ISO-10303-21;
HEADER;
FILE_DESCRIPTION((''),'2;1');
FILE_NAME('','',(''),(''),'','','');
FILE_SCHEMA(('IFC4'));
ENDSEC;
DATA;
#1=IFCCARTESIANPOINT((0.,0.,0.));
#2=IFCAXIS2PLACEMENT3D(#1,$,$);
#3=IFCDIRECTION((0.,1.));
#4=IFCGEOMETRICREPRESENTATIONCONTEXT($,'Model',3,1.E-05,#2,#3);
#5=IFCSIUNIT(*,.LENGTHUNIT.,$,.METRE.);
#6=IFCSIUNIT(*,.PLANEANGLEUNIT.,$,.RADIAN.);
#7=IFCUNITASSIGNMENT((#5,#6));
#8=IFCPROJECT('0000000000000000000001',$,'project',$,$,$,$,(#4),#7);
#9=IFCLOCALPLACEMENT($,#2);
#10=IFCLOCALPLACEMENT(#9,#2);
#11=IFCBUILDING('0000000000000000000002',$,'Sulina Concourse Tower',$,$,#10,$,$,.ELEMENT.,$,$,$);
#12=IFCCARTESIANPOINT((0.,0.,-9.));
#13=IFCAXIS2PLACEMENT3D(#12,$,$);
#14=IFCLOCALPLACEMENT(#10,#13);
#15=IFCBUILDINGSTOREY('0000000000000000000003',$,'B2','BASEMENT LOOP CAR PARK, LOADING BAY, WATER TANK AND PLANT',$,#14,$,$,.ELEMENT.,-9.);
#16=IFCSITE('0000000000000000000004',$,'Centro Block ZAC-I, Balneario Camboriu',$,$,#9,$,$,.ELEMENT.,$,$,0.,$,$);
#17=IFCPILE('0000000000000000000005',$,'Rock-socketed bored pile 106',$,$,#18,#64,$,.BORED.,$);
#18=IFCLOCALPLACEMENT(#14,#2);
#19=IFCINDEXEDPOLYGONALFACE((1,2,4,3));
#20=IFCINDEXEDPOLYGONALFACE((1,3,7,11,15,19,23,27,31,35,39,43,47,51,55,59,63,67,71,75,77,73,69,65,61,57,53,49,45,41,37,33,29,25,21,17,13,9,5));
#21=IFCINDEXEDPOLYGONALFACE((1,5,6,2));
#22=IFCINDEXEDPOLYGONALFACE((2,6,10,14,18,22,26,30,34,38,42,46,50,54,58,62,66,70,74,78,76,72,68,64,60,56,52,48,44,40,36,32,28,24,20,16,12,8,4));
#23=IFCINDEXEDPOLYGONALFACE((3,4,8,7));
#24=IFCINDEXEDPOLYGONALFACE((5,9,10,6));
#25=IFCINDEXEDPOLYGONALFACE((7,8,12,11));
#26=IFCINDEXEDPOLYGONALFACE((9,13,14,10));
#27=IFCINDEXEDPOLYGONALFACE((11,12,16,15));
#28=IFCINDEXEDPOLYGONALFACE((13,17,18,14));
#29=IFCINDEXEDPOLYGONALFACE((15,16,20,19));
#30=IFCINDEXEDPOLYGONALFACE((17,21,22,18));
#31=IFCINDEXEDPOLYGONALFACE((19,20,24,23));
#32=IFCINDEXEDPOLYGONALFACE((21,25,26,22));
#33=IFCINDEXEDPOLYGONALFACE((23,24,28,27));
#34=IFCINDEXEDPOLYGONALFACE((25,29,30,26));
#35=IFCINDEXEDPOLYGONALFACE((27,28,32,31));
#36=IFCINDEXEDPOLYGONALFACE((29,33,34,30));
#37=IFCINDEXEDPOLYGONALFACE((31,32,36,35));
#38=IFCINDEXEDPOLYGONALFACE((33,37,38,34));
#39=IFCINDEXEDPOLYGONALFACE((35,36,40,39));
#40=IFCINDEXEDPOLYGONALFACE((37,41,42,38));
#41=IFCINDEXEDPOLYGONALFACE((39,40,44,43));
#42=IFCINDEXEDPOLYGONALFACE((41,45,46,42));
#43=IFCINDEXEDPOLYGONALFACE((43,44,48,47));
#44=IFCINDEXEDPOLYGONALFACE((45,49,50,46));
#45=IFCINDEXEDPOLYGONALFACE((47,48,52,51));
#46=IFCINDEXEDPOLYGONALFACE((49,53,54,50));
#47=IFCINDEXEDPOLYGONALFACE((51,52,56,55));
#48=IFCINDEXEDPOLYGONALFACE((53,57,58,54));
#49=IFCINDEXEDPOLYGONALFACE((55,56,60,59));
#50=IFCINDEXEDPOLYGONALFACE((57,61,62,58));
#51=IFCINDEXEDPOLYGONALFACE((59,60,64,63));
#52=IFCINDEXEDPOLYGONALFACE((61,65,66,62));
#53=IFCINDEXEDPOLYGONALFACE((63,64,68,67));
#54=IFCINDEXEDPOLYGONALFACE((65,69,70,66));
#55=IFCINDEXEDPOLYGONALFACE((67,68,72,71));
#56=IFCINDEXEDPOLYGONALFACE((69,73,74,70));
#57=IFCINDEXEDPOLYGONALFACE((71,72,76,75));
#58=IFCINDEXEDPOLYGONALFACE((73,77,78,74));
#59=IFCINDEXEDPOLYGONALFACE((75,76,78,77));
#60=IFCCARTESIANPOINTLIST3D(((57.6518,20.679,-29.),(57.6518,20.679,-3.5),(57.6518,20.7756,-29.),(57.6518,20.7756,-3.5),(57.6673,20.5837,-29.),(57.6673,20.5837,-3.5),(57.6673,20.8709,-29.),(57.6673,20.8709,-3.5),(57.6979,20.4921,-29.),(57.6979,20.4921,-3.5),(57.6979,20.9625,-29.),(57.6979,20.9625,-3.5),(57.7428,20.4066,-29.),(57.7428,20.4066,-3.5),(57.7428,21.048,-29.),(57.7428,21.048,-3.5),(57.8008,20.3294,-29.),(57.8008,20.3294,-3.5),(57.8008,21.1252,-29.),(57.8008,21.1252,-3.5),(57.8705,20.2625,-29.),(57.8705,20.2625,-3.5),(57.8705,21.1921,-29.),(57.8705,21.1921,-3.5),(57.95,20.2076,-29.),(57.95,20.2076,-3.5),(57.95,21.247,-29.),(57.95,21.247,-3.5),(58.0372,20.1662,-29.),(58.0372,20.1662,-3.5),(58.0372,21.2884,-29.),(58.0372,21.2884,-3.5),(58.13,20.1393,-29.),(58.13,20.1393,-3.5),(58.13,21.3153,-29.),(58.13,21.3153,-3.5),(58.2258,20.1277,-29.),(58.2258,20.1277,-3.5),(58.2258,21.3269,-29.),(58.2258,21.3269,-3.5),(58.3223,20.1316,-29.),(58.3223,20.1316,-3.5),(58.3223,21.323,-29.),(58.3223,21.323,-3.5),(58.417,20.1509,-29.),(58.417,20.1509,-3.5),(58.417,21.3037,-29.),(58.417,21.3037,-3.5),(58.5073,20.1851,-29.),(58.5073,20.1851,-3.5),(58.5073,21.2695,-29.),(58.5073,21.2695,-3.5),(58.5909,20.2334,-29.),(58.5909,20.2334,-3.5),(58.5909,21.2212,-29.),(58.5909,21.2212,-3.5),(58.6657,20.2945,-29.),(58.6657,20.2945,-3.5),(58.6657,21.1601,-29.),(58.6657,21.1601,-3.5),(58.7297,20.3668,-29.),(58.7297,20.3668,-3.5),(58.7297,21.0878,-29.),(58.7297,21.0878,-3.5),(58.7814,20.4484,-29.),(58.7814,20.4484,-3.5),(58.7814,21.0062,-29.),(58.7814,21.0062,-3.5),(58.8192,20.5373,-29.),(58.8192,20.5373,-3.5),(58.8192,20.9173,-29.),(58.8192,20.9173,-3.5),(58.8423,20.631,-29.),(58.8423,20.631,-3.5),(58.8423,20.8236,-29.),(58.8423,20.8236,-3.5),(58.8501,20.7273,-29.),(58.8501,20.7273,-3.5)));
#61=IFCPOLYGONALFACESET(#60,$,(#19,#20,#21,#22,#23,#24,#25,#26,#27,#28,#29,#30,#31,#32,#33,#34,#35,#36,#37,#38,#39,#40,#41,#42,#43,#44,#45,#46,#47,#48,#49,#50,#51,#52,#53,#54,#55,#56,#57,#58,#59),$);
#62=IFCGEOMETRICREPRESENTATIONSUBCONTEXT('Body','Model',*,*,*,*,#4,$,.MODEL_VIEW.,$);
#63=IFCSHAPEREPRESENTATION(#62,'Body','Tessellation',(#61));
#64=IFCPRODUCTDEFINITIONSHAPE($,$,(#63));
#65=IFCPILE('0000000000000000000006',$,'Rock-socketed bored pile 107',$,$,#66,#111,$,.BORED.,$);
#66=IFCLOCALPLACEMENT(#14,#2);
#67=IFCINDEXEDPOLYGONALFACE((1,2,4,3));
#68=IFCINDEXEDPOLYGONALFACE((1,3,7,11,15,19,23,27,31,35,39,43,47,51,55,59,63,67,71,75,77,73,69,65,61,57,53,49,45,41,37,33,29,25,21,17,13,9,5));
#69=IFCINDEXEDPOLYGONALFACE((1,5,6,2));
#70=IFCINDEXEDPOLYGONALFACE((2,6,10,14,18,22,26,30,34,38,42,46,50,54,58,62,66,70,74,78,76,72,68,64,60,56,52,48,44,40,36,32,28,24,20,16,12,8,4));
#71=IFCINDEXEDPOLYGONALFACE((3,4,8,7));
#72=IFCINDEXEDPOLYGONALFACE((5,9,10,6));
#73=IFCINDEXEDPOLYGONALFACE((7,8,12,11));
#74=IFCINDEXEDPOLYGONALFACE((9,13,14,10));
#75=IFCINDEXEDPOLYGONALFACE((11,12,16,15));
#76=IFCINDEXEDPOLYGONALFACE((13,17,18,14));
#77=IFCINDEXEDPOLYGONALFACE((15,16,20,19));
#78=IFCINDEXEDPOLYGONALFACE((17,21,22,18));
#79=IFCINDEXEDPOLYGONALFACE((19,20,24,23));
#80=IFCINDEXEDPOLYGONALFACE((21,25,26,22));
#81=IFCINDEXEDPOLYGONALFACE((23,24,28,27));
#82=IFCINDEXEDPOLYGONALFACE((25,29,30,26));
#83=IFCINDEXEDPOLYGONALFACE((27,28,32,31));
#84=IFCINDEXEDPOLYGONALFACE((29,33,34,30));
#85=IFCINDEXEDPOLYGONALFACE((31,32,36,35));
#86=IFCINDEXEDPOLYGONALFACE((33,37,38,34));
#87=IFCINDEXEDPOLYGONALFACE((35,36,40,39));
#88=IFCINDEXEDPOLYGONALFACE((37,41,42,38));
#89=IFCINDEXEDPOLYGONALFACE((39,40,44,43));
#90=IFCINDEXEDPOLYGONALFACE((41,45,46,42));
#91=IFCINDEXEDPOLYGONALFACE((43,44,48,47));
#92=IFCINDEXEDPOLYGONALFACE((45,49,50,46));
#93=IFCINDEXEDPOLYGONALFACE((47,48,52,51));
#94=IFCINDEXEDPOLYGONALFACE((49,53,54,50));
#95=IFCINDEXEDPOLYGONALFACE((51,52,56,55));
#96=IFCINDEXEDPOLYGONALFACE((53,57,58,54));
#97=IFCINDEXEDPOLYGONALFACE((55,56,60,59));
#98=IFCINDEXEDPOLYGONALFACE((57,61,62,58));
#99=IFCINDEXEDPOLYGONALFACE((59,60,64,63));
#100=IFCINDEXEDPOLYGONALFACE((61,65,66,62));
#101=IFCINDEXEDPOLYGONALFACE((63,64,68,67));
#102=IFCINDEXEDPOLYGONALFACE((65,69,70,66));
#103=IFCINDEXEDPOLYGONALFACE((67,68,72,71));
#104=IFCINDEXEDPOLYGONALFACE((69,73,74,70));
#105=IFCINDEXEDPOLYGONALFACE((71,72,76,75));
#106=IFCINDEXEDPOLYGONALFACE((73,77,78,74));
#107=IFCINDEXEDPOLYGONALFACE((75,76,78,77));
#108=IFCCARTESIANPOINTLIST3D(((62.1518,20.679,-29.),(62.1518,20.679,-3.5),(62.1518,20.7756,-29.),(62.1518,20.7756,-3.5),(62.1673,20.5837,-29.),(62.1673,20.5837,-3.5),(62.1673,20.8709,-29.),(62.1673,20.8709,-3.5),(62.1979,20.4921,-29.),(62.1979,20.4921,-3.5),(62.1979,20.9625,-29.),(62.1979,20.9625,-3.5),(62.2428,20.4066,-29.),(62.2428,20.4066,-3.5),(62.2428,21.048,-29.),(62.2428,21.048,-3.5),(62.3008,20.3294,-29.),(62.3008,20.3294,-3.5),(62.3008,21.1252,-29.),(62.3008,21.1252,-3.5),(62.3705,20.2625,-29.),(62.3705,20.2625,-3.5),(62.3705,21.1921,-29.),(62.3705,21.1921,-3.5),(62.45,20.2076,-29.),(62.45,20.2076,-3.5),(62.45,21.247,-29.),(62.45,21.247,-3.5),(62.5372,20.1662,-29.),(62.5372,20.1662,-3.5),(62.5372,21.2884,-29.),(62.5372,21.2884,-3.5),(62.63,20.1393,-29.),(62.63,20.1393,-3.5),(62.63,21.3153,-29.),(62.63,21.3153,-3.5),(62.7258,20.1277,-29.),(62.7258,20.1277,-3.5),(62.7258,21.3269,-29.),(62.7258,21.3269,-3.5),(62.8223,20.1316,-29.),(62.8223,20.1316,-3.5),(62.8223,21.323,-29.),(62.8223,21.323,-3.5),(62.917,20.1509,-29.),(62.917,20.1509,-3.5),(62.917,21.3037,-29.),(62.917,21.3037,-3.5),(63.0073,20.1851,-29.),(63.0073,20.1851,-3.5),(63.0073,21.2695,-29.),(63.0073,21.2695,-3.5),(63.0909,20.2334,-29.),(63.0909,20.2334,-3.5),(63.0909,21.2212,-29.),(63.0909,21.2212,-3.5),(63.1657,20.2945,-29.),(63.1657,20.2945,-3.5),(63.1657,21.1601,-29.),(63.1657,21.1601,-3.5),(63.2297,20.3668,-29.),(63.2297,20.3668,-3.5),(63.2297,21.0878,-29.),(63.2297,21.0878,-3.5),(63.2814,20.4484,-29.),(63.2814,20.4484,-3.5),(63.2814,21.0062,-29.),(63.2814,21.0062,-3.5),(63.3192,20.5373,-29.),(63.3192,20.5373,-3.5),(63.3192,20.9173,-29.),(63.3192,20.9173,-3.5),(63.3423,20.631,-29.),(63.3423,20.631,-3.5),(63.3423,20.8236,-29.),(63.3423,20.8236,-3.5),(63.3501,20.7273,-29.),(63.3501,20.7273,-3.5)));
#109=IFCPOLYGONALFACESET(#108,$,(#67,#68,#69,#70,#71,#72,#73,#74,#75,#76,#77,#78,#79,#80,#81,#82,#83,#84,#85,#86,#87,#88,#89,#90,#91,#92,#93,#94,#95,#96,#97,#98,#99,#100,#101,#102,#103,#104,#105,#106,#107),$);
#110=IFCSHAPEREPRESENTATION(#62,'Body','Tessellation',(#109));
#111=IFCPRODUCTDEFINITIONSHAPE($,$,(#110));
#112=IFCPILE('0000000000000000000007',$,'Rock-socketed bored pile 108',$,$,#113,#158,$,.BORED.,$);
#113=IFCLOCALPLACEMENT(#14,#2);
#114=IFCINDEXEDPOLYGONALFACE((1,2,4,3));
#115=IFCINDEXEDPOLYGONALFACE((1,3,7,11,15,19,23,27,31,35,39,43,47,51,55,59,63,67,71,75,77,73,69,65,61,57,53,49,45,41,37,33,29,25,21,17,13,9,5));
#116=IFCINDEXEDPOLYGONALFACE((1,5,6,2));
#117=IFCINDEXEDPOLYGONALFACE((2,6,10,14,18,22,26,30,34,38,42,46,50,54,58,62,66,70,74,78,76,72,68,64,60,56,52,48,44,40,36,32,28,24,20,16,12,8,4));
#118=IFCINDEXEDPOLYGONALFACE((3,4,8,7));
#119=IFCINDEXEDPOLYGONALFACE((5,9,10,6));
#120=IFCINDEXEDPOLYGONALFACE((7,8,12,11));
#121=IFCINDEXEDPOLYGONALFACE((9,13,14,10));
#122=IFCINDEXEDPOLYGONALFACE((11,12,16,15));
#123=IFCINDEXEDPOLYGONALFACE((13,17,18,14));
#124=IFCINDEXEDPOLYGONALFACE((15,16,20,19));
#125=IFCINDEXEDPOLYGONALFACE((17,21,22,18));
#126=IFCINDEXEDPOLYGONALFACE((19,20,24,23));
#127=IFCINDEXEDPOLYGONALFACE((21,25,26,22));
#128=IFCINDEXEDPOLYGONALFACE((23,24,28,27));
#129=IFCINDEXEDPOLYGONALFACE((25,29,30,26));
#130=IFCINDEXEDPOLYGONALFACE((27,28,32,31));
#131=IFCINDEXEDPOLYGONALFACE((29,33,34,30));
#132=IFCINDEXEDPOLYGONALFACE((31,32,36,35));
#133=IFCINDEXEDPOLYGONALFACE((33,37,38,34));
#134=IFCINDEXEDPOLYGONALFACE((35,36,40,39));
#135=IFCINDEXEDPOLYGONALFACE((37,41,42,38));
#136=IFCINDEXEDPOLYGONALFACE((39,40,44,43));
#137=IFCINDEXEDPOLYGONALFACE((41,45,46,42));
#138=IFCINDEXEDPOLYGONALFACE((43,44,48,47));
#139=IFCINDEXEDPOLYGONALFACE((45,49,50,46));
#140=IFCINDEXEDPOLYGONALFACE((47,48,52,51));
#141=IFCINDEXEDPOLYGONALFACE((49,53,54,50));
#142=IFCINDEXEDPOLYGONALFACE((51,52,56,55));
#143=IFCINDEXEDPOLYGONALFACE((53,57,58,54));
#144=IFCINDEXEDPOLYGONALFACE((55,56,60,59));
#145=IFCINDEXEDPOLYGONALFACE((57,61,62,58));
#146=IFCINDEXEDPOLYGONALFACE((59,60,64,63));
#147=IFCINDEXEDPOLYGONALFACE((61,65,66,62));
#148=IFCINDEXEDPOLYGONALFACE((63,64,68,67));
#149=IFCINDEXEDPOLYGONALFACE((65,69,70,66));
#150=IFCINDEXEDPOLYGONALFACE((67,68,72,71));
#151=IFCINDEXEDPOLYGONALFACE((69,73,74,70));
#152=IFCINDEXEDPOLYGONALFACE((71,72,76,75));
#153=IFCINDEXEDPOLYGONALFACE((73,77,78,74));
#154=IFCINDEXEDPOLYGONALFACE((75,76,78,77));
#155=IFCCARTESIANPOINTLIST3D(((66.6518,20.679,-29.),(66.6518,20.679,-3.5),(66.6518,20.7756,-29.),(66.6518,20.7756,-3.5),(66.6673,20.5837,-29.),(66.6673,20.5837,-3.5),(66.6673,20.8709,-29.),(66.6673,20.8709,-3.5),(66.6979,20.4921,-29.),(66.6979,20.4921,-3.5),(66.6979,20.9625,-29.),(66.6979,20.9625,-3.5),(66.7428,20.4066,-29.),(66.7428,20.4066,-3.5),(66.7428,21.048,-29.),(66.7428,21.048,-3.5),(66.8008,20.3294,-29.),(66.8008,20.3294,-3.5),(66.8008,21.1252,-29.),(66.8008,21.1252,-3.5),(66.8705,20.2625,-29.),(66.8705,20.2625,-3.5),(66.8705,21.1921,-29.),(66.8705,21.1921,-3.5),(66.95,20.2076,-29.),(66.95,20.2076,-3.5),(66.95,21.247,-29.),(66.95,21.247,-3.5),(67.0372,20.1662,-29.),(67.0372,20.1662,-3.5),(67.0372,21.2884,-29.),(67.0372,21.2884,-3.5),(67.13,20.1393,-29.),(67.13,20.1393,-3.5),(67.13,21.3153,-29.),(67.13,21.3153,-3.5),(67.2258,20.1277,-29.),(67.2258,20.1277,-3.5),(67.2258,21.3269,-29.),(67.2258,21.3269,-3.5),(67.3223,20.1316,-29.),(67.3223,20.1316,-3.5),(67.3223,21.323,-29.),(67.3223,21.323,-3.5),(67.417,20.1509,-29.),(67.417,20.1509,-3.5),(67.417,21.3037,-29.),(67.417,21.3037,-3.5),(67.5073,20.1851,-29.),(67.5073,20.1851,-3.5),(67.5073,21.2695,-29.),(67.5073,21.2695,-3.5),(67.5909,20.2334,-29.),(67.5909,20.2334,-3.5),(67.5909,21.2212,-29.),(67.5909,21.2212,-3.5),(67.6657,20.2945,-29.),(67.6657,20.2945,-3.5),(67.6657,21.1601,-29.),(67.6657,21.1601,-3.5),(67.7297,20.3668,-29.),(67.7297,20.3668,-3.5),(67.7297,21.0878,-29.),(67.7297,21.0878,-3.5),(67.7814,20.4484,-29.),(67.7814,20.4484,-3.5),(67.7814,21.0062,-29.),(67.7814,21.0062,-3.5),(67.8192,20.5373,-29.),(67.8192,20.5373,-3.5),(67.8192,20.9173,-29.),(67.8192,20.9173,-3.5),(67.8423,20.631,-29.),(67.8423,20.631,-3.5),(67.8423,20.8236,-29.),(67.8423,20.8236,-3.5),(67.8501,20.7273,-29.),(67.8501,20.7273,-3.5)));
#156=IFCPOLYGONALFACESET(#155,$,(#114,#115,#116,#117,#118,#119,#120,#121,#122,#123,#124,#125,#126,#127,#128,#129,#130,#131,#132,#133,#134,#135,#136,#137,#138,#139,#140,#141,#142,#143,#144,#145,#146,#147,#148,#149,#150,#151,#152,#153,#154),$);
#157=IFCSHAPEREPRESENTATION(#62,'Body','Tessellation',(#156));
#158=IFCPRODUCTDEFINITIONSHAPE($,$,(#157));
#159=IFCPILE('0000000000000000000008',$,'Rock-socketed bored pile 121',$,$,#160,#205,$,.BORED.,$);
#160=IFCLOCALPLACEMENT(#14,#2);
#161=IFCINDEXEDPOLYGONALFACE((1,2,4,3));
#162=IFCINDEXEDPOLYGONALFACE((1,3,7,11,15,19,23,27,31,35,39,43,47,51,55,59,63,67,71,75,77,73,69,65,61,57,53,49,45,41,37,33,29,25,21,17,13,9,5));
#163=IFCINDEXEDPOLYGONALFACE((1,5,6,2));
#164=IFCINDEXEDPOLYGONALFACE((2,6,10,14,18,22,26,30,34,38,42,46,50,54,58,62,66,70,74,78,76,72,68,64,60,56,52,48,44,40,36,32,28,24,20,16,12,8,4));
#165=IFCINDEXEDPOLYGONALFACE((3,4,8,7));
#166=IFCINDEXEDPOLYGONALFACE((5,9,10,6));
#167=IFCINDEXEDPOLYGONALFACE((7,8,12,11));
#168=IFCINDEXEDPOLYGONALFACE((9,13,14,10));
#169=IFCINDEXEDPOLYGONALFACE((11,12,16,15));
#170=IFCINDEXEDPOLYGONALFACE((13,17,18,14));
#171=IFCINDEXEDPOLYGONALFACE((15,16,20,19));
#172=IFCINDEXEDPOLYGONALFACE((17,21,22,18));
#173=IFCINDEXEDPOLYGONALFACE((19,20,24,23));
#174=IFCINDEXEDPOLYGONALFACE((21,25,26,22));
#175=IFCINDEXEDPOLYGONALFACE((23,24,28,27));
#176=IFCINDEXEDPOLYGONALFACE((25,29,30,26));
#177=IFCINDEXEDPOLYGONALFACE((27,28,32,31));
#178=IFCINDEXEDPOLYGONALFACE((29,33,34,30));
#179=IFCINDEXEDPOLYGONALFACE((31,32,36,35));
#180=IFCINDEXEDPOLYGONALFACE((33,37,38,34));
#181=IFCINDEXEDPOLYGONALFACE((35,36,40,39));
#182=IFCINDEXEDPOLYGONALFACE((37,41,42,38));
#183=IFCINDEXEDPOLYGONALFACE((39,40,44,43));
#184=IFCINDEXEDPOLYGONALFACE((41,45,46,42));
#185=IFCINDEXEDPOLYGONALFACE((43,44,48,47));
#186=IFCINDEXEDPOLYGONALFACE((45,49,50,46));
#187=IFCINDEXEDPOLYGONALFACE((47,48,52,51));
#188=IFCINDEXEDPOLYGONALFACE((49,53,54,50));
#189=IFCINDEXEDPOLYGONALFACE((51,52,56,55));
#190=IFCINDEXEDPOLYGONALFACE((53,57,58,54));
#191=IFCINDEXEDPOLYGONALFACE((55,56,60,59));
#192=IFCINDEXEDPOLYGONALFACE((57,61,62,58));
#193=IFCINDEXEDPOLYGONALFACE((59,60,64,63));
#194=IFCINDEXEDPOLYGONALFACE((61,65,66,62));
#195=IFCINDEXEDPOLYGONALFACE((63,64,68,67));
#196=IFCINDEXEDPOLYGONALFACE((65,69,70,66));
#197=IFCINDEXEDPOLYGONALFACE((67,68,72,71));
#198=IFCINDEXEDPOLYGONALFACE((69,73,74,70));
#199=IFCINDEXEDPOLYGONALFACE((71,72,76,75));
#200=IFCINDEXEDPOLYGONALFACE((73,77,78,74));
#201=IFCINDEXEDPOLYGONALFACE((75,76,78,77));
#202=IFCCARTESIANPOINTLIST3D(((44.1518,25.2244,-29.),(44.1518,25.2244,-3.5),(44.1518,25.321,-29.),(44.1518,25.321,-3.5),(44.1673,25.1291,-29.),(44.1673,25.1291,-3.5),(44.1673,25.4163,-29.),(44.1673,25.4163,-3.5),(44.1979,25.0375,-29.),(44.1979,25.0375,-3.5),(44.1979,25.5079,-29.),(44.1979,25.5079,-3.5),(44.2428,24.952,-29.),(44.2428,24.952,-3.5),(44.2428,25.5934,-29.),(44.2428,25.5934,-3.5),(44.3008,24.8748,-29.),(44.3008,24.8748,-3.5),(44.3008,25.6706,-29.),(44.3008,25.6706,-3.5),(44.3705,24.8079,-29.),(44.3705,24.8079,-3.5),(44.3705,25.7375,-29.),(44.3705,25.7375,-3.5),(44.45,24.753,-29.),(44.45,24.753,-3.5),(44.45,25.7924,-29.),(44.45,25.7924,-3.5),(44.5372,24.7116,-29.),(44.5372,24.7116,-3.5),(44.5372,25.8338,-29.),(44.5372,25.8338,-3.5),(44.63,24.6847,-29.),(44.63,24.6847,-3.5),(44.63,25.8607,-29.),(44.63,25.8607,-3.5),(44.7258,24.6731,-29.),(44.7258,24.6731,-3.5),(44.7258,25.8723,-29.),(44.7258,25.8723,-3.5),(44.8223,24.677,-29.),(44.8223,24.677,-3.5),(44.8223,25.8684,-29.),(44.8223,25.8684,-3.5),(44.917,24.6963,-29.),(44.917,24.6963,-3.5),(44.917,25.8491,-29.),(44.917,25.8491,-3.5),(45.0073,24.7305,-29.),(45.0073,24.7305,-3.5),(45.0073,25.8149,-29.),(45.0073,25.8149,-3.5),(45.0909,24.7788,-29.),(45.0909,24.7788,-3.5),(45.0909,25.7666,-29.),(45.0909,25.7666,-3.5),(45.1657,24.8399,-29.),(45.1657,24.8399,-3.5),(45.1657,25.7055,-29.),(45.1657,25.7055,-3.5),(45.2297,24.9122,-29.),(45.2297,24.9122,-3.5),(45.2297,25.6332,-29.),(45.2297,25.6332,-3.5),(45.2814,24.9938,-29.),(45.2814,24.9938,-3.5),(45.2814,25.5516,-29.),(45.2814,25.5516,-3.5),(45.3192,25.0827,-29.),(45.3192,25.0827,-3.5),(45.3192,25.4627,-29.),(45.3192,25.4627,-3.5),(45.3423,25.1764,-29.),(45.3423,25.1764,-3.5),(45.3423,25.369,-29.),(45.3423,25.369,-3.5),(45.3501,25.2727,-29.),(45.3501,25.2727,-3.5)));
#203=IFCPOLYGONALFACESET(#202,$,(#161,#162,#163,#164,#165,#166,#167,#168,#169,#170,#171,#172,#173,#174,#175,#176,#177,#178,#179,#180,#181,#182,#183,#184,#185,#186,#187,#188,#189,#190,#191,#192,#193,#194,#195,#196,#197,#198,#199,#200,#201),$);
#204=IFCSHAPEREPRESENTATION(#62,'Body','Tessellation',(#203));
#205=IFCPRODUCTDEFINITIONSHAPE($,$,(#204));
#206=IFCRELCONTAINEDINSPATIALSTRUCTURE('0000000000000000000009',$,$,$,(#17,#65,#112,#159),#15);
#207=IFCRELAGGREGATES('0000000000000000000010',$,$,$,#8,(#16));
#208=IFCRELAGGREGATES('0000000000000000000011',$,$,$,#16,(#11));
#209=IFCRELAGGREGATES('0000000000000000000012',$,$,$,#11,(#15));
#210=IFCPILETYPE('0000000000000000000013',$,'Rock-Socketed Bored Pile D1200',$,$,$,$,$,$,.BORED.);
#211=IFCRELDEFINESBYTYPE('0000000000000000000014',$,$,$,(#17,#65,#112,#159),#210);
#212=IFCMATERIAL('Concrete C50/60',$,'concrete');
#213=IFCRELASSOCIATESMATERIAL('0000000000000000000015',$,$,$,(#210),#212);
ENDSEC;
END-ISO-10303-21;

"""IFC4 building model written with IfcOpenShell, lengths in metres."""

from ifc_helpers import new_model, si_unit, direction, frame, origin, origin_2d, place, context, subcontext, project, spatial, circle, extrude, material, material_profile, profile_set, type_object, element, save


model = new_model("IFC4")

# Units and contexts
model_context = context("Model", 3, precision=1e-05, world=origin(), true_north=direction((0.0, 1.0)))
body_context = subcontext(model_context, "Body", "Model", "MODEL_VIEW")
ifc_project = project(units=[si_unit("LENGTHUNIT", "METRE"), si_unit("PLANEANGLEUNIT", "RADIAN")], contexts=[model_context])

# Site, building, storey
site_placement = place(None, origin())
site = spatial("IfcSite", under=ifc_project, at=site_placement, Name="Centro Block ZAC-I, Balneario Camboriu", CompositionType="ELEMENT", RefElevation=0.0)
building_placement = place(site_placement, origin())
building = spatial("IfcBuilding", under=site, at=building_placement, Name="Sulina Concourse Tower", CompositionType="ELEMENT")
storey_placement = place(building_placement, frame((0.0, 0.0, -9.0)))
storey = spatial("IfcBuildingStorey", under=building, at=storey_placement, Name="B2", Description="BASEMENT LOOP CAR PARK, LOADING BAY, WATER TANK AND PLANT", CompositionType="ELEMENT", Elevation=-9.0)

# Piles
ifc_material_1 = material(Name="Concrete C50/60", Category="concrete")
ifc_material_profile_1 = material_profile(ifc_material_1, circle(Radius=0.6001, at=origin_2d()), Name="PILE D1200")
ifc_profile_set_1 = profile_set([ifc_material_profile_1], Name="Concrete C50/60")
pile_type_1 = type_object("IfcPileType", Name="Rock-Socketed Bored Pile D1200", PredefinedType="BORED", material=ifc_profile_set_1)
for number, where, z_axis, x_axis, name in (
    (1, (58.25, 20.7273, -3.5), (0.0, 0.0, -1.0), (1.0, 0.0, 0.0), "Rock-socketed bored pile 106"),
    (2, (62.75, 20.7273, -3.5), (0.0, 0.0, -1.0), (1.0, 0.0, 0.0), "Rock-socketed bored pile 107"),
    (3, (67.25, 20.7273, -3.5), (0.0, 0.0, -1.0), (1.0, 0.0, 0.0), "Rock-socketed bored pile 108"),
    (4, (44.75, 25.2727, -3.5), (0.0, 0.0, -1.0), (1.0, 0.0, 0.0), "Rock-socketed bored pile 121"),
):
    element("IfcPile", number, at=place(storey_placement, frame(where, z_axis=z_axis, x_axis=x_axis)), inside=storey, type_object=pile_type_1, Name=name, PredefinedType="BORED", context=body_context, shape_type="SweptSolid", body=[
        extrude(circle(Radius=0.6001, at=origin_2d()), origin(), (0.0, 0.0, 1.0), 25.5),
    ])

save(model, "model.ifc")
